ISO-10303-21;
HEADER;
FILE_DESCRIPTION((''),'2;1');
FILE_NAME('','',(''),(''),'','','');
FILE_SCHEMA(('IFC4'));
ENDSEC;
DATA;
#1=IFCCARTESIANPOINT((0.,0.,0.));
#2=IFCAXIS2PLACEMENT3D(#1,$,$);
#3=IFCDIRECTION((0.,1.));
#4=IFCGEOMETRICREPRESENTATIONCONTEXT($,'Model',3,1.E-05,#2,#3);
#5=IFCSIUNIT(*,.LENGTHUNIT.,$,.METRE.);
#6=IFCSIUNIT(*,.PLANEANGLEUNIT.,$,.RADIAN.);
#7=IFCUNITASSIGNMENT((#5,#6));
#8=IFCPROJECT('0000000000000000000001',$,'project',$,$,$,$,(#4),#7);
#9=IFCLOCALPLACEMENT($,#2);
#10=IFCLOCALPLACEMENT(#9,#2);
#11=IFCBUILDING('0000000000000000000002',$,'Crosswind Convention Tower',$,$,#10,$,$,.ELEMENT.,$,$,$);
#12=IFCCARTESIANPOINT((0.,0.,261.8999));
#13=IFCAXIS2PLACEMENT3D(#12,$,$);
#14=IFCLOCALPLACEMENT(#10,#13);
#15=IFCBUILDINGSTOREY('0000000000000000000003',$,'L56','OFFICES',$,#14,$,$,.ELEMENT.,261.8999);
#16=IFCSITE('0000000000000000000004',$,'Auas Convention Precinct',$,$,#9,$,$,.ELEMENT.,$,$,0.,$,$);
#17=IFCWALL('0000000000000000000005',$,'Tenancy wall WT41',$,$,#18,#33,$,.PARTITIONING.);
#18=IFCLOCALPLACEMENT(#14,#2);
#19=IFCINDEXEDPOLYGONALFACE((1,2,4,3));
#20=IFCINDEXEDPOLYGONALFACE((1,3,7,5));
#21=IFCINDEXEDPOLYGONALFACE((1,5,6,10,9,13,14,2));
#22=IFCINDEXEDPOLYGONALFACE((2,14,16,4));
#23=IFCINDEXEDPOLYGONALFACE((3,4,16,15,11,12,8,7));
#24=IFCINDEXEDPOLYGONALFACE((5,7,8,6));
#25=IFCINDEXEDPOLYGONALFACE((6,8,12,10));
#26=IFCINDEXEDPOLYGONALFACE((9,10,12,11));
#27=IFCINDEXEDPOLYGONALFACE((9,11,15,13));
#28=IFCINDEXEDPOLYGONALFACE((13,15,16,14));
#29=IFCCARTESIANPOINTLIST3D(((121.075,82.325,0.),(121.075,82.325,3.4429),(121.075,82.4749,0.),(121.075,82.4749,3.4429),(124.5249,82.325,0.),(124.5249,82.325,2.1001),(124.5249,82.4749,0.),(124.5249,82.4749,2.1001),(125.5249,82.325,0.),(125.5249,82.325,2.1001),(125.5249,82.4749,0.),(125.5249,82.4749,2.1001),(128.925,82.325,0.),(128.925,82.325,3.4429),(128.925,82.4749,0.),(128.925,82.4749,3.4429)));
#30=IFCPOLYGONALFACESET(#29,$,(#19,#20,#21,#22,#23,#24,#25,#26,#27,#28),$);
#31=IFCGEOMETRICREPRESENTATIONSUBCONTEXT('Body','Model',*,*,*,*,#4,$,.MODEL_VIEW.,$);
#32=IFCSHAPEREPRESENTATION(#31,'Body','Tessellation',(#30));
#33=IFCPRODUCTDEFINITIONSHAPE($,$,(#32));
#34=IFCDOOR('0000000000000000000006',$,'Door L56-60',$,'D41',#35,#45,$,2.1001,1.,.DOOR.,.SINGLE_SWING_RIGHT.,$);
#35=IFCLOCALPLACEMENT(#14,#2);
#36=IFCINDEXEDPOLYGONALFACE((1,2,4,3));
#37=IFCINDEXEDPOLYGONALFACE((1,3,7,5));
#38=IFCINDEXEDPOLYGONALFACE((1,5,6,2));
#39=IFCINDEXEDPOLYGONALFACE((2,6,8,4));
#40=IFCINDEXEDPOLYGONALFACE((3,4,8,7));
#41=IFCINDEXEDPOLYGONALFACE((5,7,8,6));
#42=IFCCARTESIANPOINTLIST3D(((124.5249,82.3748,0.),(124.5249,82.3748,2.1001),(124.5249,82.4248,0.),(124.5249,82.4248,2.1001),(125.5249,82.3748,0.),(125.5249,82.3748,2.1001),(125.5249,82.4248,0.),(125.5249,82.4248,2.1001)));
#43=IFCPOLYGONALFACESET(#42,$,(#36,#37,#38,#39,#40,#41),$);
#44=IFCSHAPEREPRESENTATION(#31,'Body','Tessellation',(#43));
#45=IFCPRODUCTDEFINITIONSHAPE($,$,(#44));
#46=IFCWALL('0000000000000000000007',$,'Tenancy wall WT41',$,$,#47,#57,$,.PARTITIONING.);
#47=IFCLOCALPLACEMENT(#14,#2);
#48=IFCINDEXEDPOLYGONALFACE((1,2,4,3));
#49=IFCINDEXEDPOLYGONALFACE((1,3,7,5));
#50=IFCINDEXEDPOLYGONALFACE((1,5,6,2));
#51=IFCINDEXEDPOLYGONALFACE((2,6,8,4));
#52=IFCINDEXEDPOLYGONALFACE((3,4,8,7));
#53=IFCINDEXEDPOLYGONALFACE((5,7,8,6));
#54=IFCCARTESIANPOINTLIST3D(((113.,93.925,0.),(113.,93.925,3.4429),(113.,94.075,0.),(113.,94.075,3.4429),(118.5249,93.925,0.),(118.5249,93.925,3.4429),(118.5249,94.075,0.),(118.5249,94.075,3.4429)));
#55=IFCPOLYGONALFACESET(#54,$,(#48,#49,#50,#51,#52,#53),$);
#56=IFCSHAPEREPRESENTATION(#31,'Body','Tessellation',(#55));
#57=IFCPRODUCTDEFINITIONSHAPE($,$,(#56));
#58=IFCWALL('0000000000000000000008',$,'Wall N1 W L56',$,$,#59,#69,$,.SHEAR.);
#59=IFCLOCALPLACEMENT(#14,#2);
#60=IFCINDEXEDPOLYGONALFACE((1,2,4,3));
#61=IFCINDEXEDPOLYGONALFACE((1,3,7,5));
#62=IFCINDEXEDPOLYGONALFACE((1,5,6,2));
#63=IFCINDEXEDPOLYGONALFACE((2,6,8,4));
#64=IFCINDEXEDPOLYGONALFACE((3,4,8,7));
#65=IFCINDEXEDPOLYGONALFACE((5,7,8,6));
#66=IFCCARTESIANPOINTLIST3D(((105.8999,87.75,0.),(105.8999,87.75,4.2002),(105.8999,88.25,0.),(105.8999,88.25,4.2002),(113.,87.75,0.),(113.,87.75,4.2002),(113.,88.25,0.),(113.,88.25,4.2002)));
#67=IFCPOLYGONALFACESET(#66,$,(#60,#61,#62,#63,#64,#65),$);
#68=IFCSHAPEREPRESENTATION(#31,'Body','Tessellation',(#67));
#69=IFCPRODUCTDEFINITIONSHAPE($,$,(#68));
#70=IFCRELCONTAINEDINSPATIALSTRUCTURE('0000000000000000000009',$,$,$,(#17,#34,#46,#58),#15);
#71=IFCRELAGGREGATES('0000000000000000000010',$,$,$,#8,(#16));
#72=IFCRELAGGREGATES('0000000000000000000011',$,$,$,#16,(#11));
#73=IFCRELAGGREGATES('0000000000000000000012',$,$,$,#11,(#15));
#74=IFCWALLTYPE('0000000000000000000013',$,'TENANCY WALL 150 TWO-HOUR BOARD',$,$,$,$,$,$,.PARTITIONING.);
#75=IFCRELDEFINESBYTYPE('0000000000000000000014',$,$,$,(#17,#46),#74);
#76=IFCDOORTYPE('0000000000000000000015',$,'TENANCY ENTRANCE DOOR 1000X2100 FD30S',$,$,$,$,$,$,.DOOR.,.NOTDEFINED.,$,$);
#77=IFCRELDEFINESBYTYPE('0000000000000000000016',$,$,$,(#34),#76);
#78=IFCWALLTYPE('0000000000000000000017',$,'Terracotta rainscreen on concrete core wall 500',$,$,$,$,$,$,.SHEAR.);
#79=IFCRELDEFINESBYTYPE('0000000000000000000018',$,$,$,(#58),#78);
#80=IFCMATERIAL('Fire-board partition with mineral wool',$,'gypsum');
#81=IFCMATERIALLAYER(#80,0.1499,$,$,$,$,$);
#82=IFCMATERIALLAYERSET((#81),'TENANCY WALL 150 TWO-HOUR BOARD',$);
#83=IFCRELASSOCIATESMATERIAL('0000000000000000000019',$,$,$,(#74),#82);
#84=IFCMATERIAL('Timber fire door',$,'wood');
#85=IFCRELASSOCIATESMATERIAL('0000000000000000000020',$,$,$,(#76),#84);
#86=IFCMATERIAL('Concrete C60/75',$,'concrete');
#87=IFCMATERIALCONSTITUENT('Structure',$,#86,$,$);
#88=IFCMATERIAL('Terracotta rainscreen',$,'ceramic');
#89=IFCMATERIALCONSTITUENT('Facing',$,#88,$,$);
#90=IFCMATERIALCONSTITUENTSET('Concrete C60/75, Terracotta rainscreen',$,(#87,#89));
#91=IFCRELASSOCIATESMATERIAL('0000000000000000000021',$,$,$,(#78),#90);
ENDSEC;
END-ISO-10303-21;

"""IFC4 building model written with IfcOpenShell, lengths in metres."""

from ifc_helpers import new_model, si_unit, direction, frame, frame_2d, origin, place, context, subcontext, project, spatial, rectangle, extrude, material, layer, layer_set, constituent, constituent_set, type_object, element, fill, save


model = new_model("IFC4")

# Units and contexts
model_context = context("Model", 3, precision=1e-05, world=origin(), true_north=direction((0.0, 1.0)))
body_context = subcontext(model_context, "Body", "Model", "MODEL_VIEW")
ifc_project = project(units=[si_unit("LENGTHUNIT", "METRE"), si_unit("PLANEANGLEUNIT", "RADIAN")], contexts=[model_context])

# Site, building, storey
site_placement = place(None, origin())
site = spatial("IfcSite", under=ifc_project, at=site_placement, Name="Auas Convention Precinct", CompositionType="ELEMENT", RefElevation=0.0)
building_placement = place(site_placement, origin())
building = spatial("IfcBuilding", under=site, at=building_placement, Name="Crosswind Convention Tower", CompositionType="ELEMENT")
storey_placement = place(building_placement, frame((0.0, 0.0, 261.8999)))
storey = spatial("IfcBuildingStorey", under=building, at=storey_placement, Name="L56", Description="OFFICES", CompositionType="ELEMENT", Elevation=261.8999)

# Shared definitions
ifc_material_1 = material(Name="Concrete C60/75", Category="concrete")

# Shared definitions
ifc_material_2 = material(Name="Fire-board partition with mineral wool", Category="gypsum")
ifc_layer_1 = layer(ifc_material_2, 0.1499)
ifc_layer_set_1 = layer_set([ifc_layer_1], Name="TENANCY WALL 150 TWO-HOUR BOARD")
wall_type_1 = type_object("IfcWallType", Name="TENANCY WALL 150 TWO-HOUR BOARD", PredefinedType="PARTITIONING", material=ifc_layer_set_1)
ifc_material_3 = material(Name="Timber fire door", Category="wood")
door_type = type_object("IfcDoorType", Name="TENANCY ENTRANCE DOOR 1000X2100 FD30S", OperationType="NOTDEFINED", PredefinedType="DOOR", material=ifc_material_3)

# Wall, opening, door
wall_1_placement = place(storey_placement, frame((121.075, 82.3999, 0.0), z_axis=(0.0, 0.0, 1.0), x_axis=(1.0, 0.0, 0.0)))
wall_1 = element("IfcWall", 1, at=wall_1_placement, inside=storey, type_object=wall_type_1, Name="Tenancy wall WT41", PredefinedType="PARTITIONING", context=body_context, shape_type="SweptSolid", body=[
    extrude(rectangle(XDim=7.8501, YDim=0.1499, at=frame_2d((3.925, 0.0))), origin(), (0.0, 0.0, 1.0), 3.4429),
])
opening_1_placement = place(wall_1_placement, frame((3.45, 0.0, 0.0)))
opening_1 = element("IfcOpeningElement", 2, at=opening_1_placement, cuts=wall_1, PredefinedType="OPENING", context=body_context, shape_type="SweptSolid", body=[
    extrude(rectangle(XDim=1.0, YDim=2.1001, at=frame_2d((0.5, 1.05))), frame((0.0, 0.085, 0.0), z_axis=(0.0, -1.0, 0.0), x_axis=(1.0, 0.0, 0.0)), (0.0, 0.0, 1.0), 0.1699),
])
door_1_placement = place(opening_1_placement, origin())
door_1 = element("IfcDoor", 3, at=door_1_placement, inside=storey, type_object=door_type, Name="Door L56-60", ObjectType="D41", OperationType="SINGLE_SWING_RIGHT", OverallHeight=2.1001, OverallWidth=1.0, PredefinedType="DOOR", context=body_context, shape_type="SweptSolid", body=[
    extrude(rectangle(XDim=1.0, YDim=2.1001, at=frame_2d((0.5, 1.05))), frame((0.0, 0.0249, 0.0), z_axis=(0.0, -1.0, 0.0), x_axis=(1.0, 0.0, 0.0)), (0.0, 0.0, 1.0), 0.05),
])
fill(opening_1, door_1)

# Walls
wall_2_placement = place(storey_placement, frame((113.0, 94.0, 0.0), z_axis=(0.0, 0.0, 1.0), x_axis=(1.0, 0.0, 0.0)))
element("IfcWall", 4, at=wall_2_placement, inside=storey, type_object=wall_type_1, Name="Tenancy wall WT41", PredefinedType="PARTITIONING", context=body_context, shape_type="SweptSolid", body=[
    extrude(rectangle(XDim=5.5249, YDim=0.1499, at=frame_2d((2.7625, 0.0))), origin(), (0.0, 0.0, 1.0), 3.4429),
])
ifc_constituent_1 = constituent(ifc_material_1, Name="Structure")
ifc_material_4 = material(Name="Terracotta rainscreen", Category="ceramic")
ifc_constituent_2 = constituent(ifc_material_4, Name="Facing")
ifc_constituent_set = constituent_set(constituents=[ifc_constituent_1, ifc_constituent_2], Name="Concrete C60/75, Terracotta rainscreen")
wall_type_2 = type_object("IfcWallType", Name="Terracotta rainscreen on concrete core wall 500", PredefinedType="SHEAR", material=ifc_constituent_set)
wall_3_placement = place(storey_placement, frame((113.0, 88.0, 0.0), z_axis=(0.0, 0.0, 1.0), x_axis=(-1.0, 0.0, 0.0)))
element("IfcWall", 5, at=wall_3_placement, inside=storey, type_object=wall_type_2, Name="Wall N1 W L56", PredefinedType="SHEAR", context=body_context, shape_type="SweptSolid", body=[
    extrude(rectangle(XDim=7.1001, YDim=0.5, at=frame_2d((3.55, 0.0))), origin(), (0.0, 0.0, 1.0), 4.2002),
])

save(model, "model.ifc")
